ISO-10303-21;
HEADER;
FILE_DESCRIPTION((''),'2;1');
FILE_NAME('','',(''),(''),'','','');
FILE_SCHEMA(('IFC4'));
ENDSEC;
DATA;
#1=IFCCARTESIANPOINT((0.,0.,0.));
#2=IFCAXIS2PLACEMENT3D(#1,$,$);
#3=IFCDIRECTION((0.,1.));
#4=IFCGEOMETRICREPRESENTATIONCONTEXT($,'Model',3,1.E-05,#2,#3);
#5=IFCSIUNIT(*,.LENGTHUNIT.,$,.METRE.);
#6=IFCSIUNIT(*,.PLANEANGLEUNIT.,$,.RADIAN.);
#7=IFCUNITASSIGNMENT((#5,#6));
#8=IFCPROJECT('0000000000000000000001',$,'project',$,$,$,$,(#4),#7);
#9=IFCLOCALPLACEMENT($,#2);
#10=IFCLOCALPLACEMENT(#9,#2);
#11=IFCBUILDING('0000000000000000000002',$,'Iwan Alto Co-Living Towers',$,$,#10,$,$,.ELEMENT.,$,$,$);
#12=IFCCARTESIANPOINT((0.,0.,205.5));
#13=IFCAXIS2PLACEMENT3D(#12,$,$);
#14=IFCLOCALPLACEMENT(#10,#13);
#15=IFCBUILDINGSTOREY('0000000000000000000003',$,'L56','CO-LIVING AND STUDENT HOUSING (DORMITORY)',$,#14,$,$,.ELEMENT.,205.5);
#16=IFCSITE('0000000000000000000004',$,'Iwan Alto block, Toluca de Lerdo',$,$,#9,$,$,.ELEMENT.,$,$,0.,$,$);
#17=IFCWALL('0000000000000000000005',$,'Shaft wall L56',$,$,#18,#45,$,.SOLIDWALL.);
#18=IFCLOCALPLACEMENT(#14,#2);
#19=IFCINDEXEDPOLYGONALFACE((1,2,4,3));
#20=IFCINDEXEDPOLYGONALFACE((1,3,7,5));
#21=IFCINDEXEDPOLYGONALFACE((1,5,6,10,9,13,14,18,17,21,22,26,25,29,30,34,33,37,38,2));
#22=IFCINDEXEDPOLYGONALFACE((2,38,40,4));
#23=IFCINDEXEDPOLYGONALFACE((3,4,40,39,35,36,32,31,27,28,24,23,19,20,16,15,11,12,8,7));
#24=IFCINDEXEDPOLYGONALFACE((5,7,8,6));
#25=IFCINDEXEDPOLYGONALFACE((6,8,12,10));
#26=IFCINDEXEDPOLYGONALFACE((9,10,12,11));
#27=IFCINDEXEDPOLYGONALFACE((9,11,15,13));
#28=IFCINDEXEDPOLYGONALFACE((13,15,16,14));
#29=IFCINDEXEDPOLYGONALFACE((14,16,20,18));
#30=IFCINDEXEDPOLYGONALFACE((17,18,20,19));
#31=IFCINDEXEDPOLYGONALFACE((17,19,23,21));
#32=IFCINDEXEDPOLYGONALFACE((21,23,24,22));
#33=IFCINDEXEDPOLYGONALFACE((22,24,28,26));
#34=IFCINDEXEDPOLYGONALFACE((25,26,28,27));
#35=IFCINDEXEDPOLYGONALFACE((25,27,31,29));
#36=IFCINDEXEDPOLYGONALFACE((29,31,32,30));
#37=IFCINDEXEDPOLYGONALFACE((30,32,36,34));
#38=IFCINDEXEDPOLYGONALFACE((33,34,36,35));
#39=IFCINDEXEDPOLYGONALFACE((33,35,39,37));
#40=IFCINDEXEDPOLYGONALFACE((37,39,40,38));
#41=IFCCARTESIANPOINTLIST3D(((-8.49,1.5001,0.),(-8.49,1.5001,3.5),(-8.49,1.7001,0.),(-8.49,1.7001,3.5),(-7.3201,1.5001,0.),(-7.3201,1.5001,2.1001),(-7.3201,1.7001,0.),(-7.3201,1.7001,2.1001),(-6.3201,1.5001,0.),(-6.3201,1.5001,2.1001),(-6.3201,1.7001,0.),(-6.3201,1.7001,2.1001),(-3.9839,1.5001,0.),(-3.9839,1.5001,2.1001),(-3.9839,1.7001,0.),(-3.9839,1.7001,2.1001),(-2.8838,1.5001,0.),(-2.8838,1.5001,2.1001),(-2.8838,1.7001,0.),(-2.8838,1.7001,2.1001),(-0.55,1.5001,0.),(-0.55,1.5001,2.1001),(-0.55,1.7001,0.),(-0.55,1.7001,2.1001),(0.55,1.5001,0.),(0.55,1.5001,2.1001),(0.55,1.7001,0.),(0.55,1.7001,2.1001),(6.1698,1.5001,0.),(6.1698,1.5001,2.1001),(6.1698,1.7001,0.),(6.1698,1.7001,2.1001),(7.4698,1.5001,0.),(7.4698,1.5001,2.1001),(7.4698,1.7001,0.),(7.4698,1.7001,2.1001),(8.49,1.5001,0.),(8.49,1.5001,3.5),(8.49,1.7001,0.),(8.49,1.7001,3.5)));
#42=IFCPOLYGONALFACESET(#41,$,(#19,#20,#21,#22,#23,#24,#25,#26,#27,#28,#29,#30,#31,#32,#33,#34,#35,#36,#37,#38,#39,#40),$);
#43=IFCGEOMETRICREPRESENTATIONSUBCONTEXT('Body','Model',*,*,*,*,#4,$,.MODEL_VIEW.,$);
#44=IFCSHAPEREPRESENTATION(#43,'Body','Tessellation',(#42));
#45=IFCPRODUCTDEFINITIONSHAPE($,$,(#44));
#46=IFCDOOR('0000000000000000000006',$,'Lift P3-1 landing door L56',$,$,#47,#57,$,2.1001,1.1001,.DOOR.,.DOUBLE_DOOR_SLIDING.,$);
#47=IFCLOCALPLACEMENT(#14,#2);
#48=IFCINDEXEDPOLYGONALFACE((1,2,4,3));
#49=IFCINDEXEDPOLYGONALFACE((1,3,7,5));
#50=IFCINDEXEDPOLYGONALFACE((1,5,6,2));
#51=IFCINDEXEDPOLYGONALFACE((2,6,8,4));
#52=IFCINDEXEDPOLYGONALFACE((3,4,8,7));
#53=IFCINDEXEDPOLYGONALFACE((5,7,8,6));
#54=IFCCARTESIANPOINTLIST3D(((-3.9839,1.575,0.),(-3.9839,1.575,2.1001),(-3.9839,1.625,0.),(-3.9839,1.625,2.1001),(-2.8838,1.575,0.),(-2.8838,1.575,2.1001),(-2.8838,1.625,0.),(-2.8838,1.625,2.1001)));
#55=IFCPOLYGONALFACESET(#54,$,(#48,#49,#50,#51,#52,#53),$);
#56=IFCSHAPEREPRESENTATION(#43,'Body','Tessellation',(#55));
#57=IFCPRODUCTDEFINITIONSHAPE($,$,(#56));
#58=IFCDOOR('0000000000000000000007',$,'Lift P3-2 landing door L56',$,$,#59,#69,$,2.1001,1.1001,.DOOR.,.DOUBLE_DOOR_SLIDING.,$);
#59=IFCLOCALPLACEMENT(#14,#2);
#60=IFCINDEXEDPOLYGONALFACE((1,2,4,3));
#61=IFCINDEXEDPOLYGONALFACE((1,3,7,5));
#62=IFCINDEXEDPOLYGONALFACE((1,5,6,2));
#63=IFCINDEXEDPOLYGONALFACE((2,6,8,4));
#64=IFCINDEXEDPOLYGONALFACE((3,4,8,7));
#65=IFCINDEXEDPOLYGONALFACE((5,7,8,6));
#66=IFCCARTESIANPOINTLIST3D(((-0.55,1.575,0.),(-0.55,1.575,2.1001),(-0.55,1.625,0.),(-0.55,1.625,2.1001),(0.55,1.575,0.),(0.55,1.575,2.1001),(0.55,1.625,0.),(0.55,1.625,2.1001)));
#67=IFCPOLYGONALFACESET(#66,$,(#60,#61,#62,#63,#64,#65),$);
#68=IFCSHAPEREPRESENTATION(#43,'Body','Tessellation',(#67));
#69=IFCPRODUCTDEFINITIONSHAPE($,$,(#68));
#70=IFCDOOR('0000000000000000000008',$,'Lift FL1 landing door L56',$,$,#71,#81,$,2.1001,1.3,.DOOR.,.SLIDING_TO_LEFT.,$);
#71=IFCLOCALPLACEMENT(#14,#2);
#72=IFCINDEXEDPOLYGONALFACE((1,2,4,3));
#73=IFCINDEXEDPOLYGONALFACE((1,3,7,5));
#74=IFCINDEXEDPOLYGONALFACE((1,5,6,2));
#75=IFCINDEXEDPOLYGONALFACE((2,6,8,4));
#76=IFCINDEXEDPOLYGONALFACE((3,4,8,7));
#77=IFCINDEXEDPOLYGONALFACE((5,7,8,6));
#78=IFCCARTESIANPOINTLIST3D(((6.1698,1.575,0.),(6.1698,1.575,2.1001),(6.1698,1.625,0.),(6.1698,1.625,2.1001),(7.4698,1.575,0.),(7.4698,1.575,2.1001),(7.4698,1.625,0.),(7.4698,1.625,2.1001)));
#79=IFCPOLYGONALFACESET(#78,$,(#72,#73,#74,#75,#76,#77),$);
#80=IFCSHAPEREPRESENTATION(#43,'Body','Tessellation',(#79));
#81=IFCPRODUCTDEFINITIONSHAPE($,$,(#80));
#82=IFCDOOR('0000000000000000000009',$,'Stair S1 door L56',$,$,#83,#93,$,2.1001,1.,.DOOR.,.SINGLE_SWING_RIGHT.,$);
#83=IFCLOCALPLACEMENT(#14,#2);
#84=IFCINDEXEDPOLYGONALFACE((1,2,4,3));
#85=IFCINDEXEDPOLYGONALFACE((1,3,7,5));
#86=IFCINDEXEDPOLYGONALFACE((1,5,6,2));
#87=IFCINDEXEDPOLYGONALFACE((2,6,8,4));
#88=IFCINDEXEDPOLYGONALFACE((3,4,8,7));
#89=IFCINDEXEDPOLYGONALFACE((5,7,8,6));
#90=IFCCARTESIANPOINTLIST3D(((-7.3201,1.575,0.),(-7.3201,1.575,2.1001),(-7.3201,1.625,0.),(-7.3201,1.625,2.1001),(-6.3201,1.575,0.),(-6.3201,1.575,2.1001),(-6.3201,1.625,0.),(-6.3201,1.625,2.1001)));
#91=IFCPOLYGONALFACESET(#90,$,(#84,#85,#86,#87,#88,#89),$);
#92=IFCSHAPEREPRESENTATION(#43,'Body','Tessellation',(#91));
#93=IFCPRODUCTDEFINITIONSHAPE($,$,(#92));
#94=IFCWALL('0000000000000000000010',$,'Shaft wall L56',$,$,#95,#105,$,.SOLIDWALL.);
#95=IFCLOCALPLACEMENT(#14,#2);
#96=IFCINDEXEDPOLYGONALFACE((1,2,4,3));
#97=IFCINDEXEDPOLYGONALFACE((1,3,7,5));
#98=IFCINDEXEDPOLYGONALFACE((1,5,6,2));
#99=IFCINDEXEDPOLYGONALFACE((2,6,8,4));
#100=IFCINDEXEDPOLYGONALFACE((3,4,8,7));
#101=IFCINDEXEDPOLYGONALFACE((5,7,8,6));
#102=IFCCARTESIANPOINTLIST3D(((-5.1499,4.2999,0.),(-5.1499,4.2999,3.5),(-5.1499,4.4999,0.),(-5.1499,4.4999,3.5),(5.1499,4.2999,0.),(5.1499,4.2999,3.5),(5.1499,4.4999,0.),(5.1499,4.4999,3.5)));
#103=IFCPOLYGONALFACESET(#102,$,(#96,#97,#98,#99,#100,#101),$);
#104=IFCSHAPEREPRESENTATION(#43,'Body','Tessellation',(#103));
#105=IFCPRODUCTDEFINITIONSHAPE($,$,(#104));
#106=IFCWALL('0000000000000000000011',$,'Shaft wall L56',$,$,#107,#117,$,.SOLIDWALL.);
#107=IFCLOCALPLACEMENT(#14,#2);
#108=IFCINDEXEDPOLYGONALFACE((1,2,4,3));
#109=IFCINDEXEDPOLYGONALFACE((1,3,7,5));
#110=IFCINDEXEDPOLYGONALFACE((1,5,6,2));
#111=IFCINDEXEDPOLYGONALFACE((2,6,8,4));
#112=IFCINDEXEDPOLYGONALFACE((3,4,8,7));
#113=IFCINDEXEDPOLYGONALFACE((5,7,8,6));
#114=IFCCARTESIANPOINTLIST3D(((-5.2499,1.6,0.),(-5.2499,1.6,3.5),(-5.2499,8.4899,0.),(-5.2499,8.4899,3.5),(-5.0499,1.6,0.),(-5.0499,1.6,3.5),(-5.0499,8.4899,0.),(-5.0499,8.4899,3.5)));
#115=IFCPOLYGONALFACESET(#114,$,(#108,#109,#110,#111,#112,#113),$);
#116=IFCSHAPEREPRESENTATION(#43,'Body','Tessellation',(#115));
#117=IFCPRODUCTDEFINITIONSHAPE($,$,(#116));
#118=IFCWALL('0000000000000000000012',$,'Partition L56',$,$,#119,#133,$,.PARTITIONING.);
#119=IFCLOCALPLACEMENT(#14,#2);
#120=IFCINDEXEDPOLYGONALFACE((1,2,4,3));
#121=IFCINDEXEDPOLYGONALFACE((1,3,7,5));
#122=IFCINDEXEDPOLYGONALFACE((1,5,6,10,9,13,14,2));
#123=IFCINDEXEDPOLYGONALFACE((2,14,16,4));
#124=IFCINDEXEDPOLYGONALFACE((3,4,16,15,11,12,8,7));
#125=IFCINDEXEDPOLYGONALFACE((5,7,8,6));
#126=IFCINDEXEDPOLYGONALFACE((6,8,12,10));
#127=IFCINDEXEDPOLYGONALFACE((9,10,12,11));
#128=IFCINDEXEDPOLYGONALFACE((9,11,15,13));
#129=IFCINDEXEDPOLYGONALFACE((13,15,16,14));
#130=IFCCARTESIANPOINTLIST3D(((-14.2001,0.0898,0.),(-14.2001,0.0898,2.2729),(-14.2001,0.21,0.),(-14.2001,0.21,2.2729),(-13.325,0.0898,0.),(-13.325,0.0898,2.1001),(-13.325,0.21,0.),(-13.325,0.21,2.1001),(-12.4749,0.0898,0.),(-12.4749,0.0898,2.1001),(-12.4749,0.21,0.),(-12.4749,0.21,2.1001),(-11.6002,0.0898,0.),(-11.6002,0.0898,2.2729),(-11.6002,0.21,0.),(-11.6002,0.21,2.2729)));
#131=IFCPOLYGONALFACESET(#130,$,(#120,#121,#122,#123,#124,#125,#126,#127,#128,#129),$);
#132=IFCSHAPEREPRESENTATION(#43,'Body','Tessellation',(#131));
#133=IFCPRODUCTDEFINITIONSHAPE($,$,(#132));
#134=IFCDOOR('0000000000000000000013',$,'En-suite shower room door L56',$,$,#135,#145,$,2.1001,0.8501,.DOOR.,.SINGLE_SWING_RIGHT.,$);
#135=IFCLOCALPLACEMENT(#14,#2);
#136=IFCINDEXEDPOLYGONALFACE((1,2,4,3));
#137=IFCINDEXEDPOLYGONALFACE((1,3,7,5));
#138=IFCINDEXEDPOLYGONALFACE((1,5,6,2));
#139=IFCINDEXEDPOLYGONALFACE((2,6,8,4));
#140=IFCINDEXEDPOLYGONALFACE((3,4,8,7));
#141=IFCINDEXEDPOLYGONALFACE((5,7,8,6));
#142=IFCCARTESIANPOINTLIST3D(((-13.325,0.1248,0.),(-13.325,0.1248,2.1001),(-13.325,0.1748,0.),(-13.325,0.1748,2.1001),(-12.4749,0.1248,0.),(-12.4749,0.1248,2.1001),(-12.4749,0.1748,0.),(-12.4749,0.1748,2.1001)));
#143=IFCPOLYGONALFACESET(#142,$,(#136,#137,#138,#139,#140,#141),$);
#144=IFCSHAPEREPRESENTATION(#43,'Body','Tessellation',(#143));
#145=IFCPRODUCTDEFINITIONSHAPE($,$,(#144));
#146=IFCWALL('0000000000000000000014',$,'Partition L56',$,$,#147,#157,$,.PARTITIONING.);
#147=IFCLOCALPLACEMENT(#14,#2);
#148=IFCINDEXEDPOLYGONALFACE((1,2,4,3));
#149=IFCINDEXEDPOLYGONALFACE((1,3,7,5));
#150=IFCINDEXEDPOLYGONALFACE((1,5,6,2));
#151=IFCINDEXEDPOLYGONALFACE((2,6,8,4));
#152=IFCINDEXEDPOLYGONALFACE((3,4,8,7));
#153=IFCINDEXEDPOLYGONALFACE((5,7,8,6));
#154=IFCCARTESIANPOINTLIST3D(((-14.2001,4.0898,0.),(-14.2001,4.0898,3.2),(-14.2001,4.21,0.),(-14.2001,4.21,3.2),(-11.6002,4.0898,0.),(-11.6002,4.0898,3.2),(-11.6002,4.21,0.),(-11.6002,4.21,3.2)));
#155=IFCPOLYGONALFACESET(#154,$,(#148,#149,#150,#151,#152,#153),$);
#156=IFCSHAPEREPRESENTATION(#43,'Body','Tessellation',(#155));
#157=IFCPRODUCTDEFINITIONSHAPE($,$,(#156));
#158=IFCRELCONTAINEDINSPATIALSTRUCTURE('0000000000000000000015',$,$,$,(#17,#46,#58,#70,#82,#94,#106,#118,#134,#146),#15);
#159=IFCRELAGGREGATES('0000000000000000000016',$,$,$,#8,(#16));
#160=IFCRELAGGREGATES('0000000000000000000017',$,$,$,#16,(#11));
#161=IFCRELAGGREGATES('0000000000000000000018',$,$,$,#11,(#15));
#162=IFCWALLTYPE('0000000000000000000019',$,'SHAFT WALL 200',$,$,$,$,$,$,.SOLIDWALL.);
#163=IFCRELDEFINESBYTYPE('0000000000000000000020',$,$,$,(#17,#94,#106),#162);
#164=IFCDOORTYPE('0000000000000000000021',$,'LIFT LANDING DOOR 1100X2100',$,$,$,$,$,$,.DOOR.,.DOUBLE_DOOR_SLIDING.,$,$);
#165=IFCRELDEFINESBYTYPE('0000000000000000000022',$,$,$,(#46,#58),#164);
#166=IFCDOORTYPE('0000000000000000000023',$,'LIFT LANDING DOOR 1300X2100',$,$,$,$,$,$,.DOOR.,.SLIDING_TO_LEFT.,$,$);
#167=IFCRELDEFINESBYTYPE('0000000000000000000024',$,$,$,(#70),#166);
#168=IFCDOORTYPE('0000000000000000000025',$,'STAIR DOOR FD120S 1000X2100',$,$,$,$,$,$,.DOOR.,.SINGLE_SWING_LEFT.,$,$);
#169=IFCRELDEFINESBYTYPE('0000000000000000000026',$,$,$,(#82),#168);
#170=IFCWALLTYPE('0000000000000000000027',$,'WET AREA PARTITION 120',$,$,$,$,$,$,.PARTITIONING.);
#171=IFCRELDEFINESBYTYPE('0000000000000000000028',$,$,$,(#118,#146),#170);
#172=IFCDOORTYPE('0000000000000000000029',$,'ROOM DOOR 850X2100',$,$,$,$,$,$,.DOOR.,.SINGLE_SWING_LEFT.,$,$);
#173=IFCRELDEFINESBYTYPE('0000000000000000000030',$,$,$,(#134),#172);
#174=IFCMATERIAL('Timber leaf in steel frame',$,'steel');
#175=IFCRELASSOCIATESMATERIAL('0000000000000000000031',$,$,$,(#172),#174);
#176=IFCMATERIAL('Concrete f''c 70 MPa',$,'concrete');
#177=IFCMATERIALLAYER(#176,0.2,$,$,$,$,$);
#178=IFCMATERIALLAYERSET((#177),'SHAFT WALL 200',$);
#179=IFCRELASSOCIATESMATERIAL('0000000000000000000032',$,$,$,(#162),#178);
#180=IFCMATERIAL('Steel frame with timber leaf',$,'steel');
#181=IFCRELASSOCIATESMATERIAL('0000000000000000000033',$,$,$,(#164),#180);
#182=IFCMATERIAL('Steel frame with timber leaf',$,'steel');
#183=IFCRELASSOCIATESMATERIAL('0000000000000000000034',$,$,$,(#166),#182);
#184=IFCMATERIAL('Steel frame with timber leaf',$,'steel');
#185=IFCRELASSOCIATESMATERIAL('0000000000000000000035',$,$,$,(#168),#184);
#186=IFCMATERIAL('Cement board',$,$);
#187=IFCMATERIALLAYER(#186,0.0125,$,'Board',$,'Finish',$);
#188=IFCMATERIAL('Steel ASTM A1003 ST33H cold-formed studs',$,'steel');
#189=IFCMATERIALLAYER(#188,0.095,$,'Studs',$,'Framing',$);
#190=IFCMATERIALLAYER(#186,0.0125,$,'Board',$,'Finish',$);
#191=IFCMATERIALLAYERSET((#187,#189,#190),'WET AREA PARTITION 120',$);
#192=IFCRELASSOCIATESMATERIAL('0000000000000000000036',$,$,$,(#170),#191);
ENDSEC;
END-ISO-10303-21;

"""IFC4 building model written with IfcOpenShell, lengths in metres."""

from ifc_helpers import new_model, si_unit, direction, frame, frame_2d, origin, place, context, subcontext, project, spatial, rectangle, extrude, material, layer, layer_set, type_object, element, fill, save


model = new_model("IFC4")

# Units and contexts
model_context = context("Model", 3, precision=1e-05, world=origin(), true_north=direction((0.0, 1.0)))
body_context = subcontext(model_context, "Body", "Model", "MODEL_VIEW")
ifc_project = project(units=[si_unit("LENGTHUNIT", "METRE"), si_unit("PLANEANGLEUNIT", "RADIAN")], contexts=[model_context])

# Site, building, storey
site_placement = place(None, origin())
site = spatial("IfcSite", under=ifc_project, at=site_placement, Name="Iwan Alto block, Toluca de Lerdo", CompositionType="ELEMENT", RefElevation=0.0)
building_placement = place(site_placement, origin())
building = spatial("IfcBuilding", under=site, at=building_placement, Name="Iwan Alto Co-Living Towers", CompositionType="ELEMENT")
storey_placement = place(building_placement, frame((0.0, 0.0, 205.5)))
storey = spatial("IfcBuildingStorey", under=building, at=storey_placement, Name="L56", Description="CO-LIVING AND STUDENT HOUSING (DORMITORY)", CompositionType="ELEMENT", Elevation=205.5)

# Shared definitions
ifc_material_1 = material(Name="Steel ASTM A1003 ST33H cold-formed studs", Category="steel")

# Shared definitions
ifc_material_2 = material(Name="Timber leaf in steel frame", Category="steel")
door_type_1 = type_object("IfcDoorType", Name="ROOM DOOR 850X2100", OperationType="SINGLE_SWING_LEFT", PredefinedType="DOOR", material=ifc_material_2)

# Wall, openings, doors
ifc_material_3 = material(Name="Concrete f'c 70 MPa", Category="concrete")
ifc_layer_1 = layer(ifc_material_3, 0.2)
ifc_layer_set_1 = layer_set([ifc_layer_1], Name="SHAFT WALL 200")
wall_type_1 = type_object("IfcWallType", Name="SHAFT WALL 200", PredefinedType="SOLIDWALL", material=ifc_layer_set_1)
wall_1_placement = place(storey_placement, frame((-8.49, 1.6001, 0.0), z_axis=(0.0, 0.0, 1.0), x_axis=(1.0, 0.0, 0.0)))
wall_1 = element("IfcWall", 1, at=wall_1_placement, inside=storey, type_object=wall_type_1, Name="Shaft wall L56", PredefinedType="SOLIDWALL", context=body_context, shape_type="SweptSolid", body=[
    extrude(rectangle(XDim=16.98, YDim=0.2, at=frame_2d((8.49, 0.0))), origin(), (0.0, 0.0, 1.0), 3.5),
])
opening_1_placement = place(wall_1_placement, frame((1.1699, 0.0, 0.0)))
opening_1 = element("IfcOpeningElement", 2, at=opening_1_placement, cuts=wall_1, PredefinedType="OPENING", context=body_context, shape_type="SweptSolid", body=[
    extrude(rectangle(XDim=1.0, YDim=2.1001, at=frame_2d((0.5, 1.05))), frame((0.0, 0.1099, 0.0), z_axis=(0.0, -1.0, 0.0), x_axis=(1.0, 0.0, 0.0)), (0.0, 0.0, 1.0), 0.22),
])
opening_2_placement = place(wall_1_placement, frame((4.5061, 0.0, 0.0)))
opening_2 = element("IfcOpeningElement", 3, at=opening_2_placement, cuts=wall_1, PredefinedType="OPENING", context=body_context, shape_type="SweptSolid", body=[
    extrude(rectangle(XDim=1.1001, YDim=2.1001, at=frame_2d((0.55, 1.05))), frame((0.0, 0.1099, 0.0), z_axis=(0.0, -1.0, 0.0), x_axis=(1.0, 0.0, 0.0)), (0.0, 0.0, 1.0), 0.22),
])
opening_3_placement = place(wall_1_placement, frame((7.9399, 0.0, 0.0)))
opening_3 = element("IfcOpeningElement", 4, at=opening_3_placement, cuts=wall_1, PredefinedType="OPENING", context=body_context, shape_type="SweptSolid", body=[
    extrude(rectangle(XDim=1.1001, YDim=2.1001, at=frame_2d((0.55, 1.05))), frame((0.0, 0.1099, 0.0), z_axis=(0.0, -1.0, 0.0), x_axis=(1.0, 0.0, 0.0)), (0.0, 0.0, 1.0), 0.22),
])
opening_4_placement = place(wall_1_placement, frame((14.6599, 0.0, 0.0)))
opening_4 = element("IfcOpeningElement", 5, at=opening_4_placement, cuts=wall_1, PredefinedType="OPENING", context=body_context, shape_type="SweptSolid", body=[
    extrude(rectangle(XDim=1.3, YDim=2.1001, at=frame_2d((0.6499, 1.05))), frame((0.0, 0.1099, 0.0), z_axis=(0.0, -1.0, 0.0), x_axis=(1.0, 0.0, 0.0)), (0.0, 0.0, 1.0), 0.22),
])
ifc_material_4 = material(Name="Steel frame with timber leaf", Category="steel")
door_type_2 = type_object("IfcDoorType", Name="LIFT LANDING DOOR 1100X2100", OperationType="DOUBLE_DOOR_SLIDING", PredefinedType="DOOR", material=ifc_material_4)
door_1_placement = place(opening_2_placement, origin())
door_1 = element("IfcDoor", 6, at=door_1_placement, inside=storey, type_object=door_type_2, Name="Lift P3-1 landing door L56", OperationType="DOUBLE_DOOR_SLIDING", OverallHeight=2.1001, OverallWidth=1.1001, PredefinedType="DOOR", context=body_context, shape_type="SweptSolid", body=[
    extrude(rectangle(XDim=1.1001, YDim=2.1001, at=frame_2d((0.55, 1.05))), frame((0.0, 0.0249, 0.0), z_axis=(0.0, -1.0, 0.0), x_axis=(1.0, 0.0, 0.0)), (0.0, 0.0, 1.0), 0.05),
])
fill(opening_2, door_1)
door_2_placement = place(opening_3_placement, origin())
door_2 = element("IfcDoor", 7, at=door_2_placement, inside=storey, type_object=door_type_2, Name="Lift P3-2 landing door L56", OperationType="DOUBLE_DOOR_SLIDING", OverallHeight=2.1001, OverallWidth=1.1001, PredefinedType="DOOR", context=body_context, shape_type="SweptSolid", body=[
    extrude(rectangle(XDim=1.1001, YDim=2.1001, at=frame_2d((0.55, 1.05))), frame((0.0, 0.0249, 0.0), z_axis=(0.0, -1.0, 0.0), x_axis=(1.0, 0.0, 0.0)), (0.0, 0.0, 1.0), 0.05),
])
fill(opening_3, door_2)
ifc_material_5 = material(Name="Steel frame with timber leaf", Category="steel")
door_type_3 = type_object("IfcDoorType", Name="LIFT LANDING DOOR 1300X2100", OperationType="SLIDING_TO_LEFT", PredefinedType="DOOR", material=ifc_material_5)
door_3_placement = place(opening_4_placement, origin())
door_3 = element("IfcDoor", 8, at=door_3_placement, inside=storey, type_object=door_type_3, Name="Lift FL1 landing door L56", OperationType="SLIDING_TO_LEFT", OverallHeight=2.1001, OverallWidth=1.3, PredefinedType="DOOR", context=body_context, shape_type="SweptSolid", body=[
    extrude(rectangle(XDim=1.3, YDim=2.1001, at=frame_2d((0.6499, 1.05))), frame((0.0, 0.0249, 0.0), z_axis=(0.0, -1.0, 0.0), x_axis=(1.0, 0.0, 0.0)), (0.0, 0.0, 1.0), 0.05),
])
fill(opening_4, door_3)
ifc_material_6 = material(Name="Steel frame with timber leaf", Category="steel")
door_type_4 = type_object("IfcDoorType", Name="STAIR DOOR FD120S 1000X2100", OperationType="SINGLE_SWING_LEFT", PredefinedType="DOOR", material=ifc_material_6)
door_4_placement = place(opening_1_placement, origin())
door_4 = element("IfcDoor", 9, at=door_4_placement, inside=storey, type_object=door_type_4, Name="Stair S1 door L56", OperationType="SINGLE_SWING_RIGHT", OverallHeight=2.1001, OverallWidth=1.0, PredefinedType="DOOR", context=body_context, shape_type="SweptSolid", body=[
    extrude(rectangle(XDim=1.0, YDim=2.1001, at=frame_2d((0.5, 1.05))), frame((0.0, 0.0249, 0.0), z_axis=(0.0, -1.0, 0.0), x_axis=(1.0, 0.0, 0.0)), (0.0, 0.0, 1.0), 0.05),
])
fill(opening_1, door_4)

# Walls
wall_2_placement = place(storey_placement, frame((-5.1499, 4.3999, 0.0), z_axis=(0.0, 0.0, 1.0), x_axis=(1.0, 0.0, 0.0)))
element("IfcWall", 10, at=wall_2_placement, inside=storey, type_object=wall_type_1, Name="Shaft wall L56", PredefinedType="SOLIDWALL", context=body_context, shape_type="SweptSolid", body=[
    extrude(rectangle(XDim=10.2998, YDim=0.2, at=frame_2d((5.1499, 0.0))), origin(), (0.0, 0.0, 1.0), 3.5),
])
wall_3_placement = place(storey_placement, frame((-5.1499, 1.6001, 0.0), z_axis=(0.0, 0.0, 1.0), x_axis=(0.0, 1.0, 0.0)))
element("IfcWall", 11, at=wall_3_placement, inside=storey, type_object=wall_type_1, Name="Shaft wall L56", PredefinedType="SOLIDWALL", context=body_context, shape_type="SweptSolid", body=[
    extrude(rectangle(XDim=6.8899, YDim=0.2, at=frame_2d((3.4448, 0.0))), origin(), (0.0, 0.0, 1.0), 3.5),
])

# Wall, opening, door
ifc_material_7 = material(Name="Cement board")
ifc_layer_2 = layer(ifc_material_7, 0.0125, Name="Board", Category="Finish")
ifc_layer_3 = layer(ifc_material_1, 0.095, Name="Studs", Category="Framing")
ifc_layer_4 = layer(ifc_material_7, 0.0125, Name="Board", Category="Finish")
ifc_layer_set_2 = layer_set([ifc_layer_2, ifc_layer_3, ifc_layer_4], Name="WET AREA PARTITION 120")
wall_type_2 = type_object("IfcWallType", Name="WET AREA PARTITION 120", PredefinedType="PARTITIONING", material=ifc_layer_set_2)
wall_4_placement = place(storey_placement, frame((-14.2, 0.1499, 0.0), z_axis=(0.0, 0.0, 1.0), x_axis=(1.0, 0.0, 0.0)))
wall_4 = element("IfcWall", 12, at=wall_4_placement, inside=storey, type_object=wall_type_2, Name="Partition L56", PredefinedType="PARTITIONING", context=body_context, shape_type="SweptSolid", body=[
    extrude(rectangle(XDim=2.5999, YDim=0.1201, at=frame_2d((1.2998, 0.0))), origin(), (0.0, 0.0, 1.0), 2.2729),
])
opening_5_placement = place(wall_4_placement, frame((0.875, 0.0, 0.0)))
opening_5 = element("IfcOpeningElement", 13, at=opening_5_placement, cuts=wall_4, PredefinedType="OPENING", context=body_context, shape_type="SweptSolid", body=[
    extrude(rectangle(XDim=0.8501, YDim=2.1001, at=frame_2d((0.425, 1.05))), frame((0.0, 0.0701, 0.0), z_axis=(0.0, -1.0, 0.0), x_axis=(1.0, 0.0, 0.0)), (0.0, 0.0, 1.0), 0.1401),
])
door_5_placement = place(opening_5_placement, origin())
door_5 = element("IfcDoor", 14, at=door_5_placement, inside=storey, type_object=door_type_1, Name="En-suite shower room door L56", OperationType="SINGLE_SWING_RIGHT", OverallHeight=2.1001, OverallWidth=0.8501, PredefinedType="DOOR", context=body_context, shape_type="SweptSolid", body=[
    extrude(rectangle(XDim=0.8501, YDim=2.1001, at=frame_2d((0.425, 1.05))), frame((0.0, 0.0249, 0.0), z_axis=(0.0, -1.0, 0.0), x_axis=(1.0, 0.0, 0.0)), (0.0, 0.0, 1.0), 0.05),
])
fill(opening_5, door_5)

# Wall
wall_5_placement = place(storey_placement, frame((-14.2, 4.1499, 0.0), z_axis=(0.0, 0.0, 1.0), x_axis=(1.0, 0.0, 0.0)))
element("IfcWall", 15, at=wall_5_placement, inside=storey, type_object=wall_type_2, Name="Partition L56", PredefinedType="PARTITIONING", context=body_context, shape_type="SweptSolid", body=[
    extrude(rectangle(XDim=2.5999, YDim=0.1201, at=frame_2d((1.2998, 0.0))), origin(), (0.0, 0.0, 1.0), 3.2),
])

save(model, "model.ifc")
